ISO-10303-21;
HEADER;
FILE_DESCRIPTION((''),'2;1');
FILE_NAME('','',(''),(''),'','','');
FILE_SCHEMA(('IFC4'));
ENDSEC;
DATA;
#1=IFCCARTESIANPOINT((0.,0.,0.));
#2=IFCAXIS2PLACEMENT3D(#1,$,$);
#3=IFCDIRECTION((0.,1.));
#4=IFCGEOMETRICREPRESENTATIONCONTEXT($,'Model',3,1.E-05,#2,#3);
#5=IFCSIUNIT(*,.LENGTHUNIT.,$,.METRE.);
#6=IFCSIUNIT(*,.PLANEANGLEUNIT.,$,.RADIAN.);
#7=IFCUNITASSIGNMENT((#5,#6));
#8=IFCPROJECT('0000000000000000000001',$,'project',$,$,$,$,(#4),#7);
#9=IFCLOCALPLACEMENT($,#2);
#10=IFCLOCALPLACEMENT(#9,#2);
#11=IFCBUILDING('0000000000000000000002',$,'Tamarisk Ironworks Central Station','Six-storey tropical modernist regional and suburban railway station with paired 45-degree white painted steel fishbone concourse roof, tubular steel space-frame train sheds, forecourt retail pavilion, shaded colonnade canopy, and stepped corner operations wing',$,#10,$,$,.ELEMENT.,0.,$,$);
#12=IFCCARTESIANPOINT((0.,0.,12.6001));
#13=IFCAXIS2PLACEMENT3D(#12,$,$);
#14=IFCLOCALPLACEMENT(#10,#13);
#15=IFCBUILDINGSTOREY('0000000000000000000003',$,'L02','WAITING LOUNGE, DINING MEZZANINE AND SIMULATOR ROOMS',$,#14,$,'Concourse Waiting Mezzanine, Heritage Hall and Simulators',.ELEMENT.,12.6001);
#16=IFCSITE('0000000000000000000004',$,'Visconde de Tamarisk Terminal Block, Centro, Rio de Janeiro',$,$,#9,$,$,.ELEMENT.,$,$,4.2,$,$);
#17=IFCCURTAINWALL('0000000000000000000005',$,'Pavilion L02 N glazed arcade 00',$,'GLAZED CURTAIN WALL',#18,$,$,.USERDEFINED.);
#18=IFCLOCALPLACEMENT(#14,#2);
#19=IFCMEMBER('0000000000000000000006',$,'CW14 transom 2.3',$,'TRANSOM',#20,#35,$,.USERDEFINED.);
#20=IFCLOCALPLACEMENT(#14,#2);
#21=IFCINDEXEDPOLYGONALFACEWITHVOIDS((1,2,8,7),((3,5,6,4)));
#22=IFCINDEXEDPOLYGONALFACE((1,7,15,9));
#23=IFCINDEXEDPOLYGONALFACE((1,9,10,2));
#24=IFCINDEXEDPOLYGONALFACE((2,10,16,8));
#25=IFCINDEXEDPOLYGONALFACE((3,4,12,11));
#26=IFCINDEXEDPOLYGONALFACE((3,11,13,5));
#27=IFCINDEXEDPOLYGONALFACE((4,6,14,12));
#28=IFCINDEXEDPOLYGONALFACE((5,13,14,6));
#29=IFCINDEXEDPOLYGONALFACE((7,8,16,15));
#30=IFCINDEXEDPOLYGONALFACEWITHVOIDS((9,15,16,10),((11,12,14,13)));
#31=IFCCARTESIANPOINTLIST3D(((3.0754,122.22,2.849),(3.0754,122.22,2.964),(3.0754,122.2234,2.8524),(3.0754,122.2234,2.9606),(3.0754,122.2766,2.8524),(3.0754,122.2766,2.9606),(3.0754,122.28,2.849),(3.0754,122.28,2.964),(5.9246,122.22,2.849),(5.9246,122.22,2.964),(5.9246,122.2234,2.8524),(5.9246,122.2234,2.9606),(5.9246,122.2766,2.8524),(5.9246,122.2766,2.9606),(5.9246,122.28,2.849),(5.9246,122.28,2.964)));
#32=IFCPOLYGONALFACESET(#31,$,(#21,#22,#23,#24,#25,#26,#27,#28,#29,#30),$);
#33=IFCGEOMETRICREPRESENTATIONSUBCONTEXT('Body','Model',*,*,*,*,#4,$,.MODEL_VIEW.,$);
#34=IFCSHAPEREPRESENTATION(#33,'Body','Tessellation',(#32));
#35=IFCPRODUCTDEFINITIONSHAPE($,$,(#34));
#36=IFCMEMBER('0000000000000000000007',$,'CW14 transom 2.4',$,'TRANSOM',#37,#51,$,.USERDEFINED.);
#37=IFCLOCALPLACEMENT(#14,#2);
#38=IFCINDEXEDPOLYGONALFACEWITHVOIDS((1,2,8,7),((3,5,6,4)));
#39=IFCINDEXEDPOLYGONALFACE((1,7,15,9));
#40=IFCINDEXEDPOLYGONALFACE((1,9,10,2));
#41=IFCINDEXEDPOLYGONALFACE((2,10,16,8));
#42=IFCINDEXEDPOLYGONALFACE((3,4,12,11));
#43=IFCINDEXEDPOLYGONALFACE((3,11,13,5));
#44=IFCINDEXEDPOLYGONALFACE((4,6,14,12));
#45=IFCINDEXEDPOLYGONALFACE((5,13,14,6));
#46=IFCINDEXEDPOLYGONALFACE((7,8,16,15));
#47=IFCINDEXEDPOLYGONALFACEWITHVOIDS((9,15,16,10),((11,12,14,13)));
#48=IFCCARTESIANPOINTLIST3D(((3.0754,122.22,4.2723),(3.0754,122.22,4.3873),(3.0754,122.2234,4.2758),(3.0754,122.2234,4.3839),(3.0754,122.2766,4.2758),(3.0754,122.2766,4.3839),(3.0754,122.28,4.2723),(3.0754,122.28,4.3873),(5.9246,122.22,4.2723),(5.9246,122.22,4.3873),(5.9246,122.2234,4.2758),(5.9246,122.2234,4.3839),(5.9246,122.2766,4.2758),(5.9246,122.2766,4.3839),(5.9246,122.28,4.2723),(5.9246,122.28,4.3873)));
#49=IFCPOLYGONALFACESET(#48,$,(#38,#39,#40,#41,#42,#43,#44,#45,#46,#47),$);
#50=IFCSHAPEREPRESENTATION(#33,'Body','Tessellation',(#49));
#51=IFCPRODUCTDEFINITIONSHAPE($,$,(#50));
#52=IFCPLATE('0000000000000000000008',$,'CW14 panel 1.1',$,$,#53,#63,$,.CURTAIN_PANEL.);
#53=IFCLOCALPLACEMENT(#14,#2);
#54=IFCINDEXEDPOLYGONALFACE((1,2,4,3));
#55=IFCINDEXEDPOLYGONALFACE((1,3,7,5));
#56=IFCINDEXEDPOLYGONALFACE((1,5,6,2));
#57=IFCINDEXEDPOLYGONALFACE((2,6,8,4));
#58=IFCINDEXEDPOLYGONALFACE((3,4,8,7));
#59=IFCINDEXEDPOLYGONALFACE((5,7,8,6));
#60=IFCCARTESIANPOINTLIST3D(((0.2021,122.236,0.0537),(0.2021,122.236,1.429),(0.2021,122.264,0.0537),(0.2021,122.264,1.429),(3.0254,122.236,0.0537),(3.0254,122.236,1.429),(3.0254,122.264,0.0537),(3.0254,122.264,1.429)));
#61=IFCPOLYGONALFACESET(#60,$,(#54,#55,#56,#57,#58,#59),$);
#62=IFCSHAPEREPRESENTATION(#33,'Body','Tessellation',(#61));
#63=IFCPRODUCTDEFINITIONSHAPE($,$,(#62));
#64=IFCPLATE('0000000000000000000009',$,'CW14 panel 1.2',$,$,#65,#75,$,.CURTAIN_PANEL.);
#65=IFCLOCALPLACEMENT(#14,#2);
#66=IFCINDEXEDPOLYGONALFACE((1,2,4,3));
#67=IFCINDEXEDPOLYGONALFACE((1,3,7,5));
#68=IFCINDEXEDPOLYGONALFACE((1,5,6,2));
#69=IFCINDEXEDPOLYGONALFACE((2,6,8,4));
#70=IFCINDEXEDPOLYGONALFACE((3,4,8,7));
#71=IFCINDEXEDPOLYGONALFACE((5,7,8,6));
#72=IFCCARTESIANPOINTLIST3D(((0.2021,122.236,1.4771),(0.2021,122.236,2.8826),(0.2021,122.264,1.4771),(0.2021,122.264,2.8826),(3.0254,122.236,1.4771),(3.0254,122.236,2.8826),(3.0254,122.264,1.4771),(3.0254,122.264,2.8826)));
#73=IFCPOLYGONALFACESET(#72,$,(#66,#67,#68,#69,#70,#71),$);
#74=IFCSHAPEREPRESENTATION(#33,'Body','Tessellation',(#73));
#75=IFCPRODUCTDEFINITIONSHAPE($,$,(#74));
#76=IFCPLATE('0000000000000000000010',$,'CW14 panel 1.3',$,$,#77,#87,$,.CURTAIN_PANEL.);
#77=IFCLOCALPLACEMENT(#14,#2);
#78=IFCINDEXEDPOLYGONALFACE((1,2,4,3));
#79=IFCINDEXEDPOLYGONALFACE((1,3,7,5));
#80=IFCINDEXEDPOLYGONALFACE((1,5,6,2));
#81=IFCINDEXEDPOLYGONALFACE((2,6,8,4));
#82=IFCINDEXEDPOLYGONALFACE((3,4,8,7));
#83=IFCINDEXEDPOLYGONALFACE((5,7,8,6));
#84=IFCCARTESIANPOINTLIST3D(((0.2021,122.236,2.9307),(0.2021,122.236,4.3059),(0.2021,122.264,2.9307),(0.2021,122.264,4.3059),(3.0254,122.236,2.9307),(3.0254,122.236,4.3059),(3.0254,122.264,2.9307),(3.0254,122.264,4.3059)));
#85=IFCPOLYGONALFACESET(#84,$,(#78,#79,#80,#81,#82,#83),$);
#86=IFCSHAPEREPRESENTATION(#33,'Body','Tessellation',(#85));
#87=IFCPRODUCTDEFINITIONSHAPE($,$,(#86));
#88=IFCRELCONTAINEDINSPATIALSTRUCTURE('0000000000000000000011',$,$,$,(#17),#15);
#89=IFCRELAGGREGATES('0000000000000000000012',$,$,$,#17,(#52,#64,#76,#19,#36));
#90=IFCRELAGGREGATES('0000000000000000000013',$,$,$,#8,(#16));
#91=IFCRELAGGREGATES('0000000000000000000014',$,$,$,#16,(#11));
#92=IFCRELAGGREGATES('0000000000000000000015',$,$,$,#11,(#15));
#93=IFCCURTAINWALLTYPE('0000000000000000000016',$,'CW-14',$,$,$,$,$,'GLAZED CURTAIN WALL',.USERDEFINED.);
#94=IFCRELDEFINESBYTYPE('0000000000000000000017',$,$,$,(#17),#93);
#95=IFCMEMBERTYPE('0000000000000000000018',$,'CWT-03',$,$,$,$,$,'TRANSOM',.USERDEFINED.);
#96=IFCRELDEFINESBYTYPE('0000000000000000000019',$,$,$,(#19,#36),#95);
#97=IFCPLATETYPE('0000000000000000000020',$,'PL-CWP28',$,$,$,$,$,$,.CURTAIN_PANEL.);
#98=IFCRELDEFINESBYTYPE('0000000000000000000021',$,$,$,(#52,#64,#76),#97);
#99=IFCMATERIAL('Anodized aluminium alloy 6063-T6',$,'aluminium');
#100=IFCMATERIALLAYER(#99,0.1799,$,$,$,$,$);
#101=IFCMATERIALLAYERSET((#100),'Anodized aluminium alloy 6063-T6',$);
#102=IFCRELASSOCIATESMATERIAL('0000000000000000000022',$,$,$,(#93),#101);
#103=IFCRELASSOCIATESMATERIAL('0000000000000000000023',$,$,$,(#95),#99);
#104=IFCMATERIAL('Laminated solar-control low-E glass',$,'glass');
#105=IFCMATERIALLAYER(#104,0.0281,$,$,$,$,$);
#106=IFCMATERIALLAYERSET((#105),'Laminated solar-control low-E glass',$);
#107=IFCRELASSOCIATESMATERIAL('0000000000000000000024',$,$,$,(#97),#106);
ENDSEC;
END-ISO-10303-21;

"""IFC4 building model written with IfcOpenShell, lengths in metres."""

from ifc_helpers import new_model, si_unit, direction, frame, origin, origin_2d, place, context, subcontext, project, spatial, rectangle, hollow_rectangle, extrude, material, layer, layer_set, material_profile, profile_set, type_object, element, aggregate, save


model = new_model("IFC4")

# Units and contexts
model_context = context("Model", 3, precision=1e-05, world=origin(), true_north=direction((0.0, 1.0)))
body_context = subcontext(model_context, "Body", "Model", "MODEL_VIEW")
ifc_project = project(units=[si_unit("LENGTHUNIT", "METRE"), si_unit("PLANEANGLEUNIT", "RADIAN")], contexts=[model_context])

# Site, building, storey
site_placement = place(None, origin())
site = spatial("IfcSite", under=ifc_project, at=site_placement, Name="Visconde de Tamarisk Terminal Block, Centro, Rio de Janeiro", CompositionType="ELEMENT", RefElevation=4.2)
building_placement = place(site_placement, origin())
building = spatial("IfcBuilding", under=site, at=building_placement, Name="Tamarisk Ironworks Central Station", Description="Six-storey tropical modernist regional and suburban railway station with paired 45-degree white painted steel fishbone concourse roof, tubular steel space-frame train sheds, forecourt retail pavilion, shaded colonnade canopy, and stepped corner operations wing", CompositionType="ELEMENT", ElevationOfRefHeight=0.0)
storey_placement = place(building_placement, frame((0.0, 0.0, 12.6001)))
storey = spatial("IfcBuildingStorey", under=building, at=storey_placement, Name="L02", Description="WAITING LOUNGE, DINING MEZZANINE AND SIMULATOR ROOMS", LongName="Concourse Waiting Mezzanine, Heritage Hall and Simulators", CompositionType="ELEMENT", Elevation=12.6001)

# Curtain wall, members, plates
ifc_material_1 = material(Name="Anodized aluminium alloy 6063-T6", Category="aluminium")
ifc_layer_1 = layer(ifc_material_1, 0.1799)
ifc_layer_set_1 = layer_set([ifc_layer_1], Name="Anodized aluminium alloy 6063-T6")
curtain_wall_type = type_object("IfcCurtainWallType", Name="CW-14", ElementType="GLAZED CURTAIN WALL", PredefinedType="USERDEFINED", material=ifc_layer_set_1)
curtain_wall_placement = place(storey_placement, origin())
curtain_wall = element("IfcCurtainWall", 1, at=curtain_wall_placement, inside=storey, type_object=curtain_wall_type, Name="Pavilion L02 N glazed arcade 00", ObjectType="GLAZED CURTAIN WALL", PredefinedType="USERDEFINED")
ifc_material_profile_1 = material_profile(ifc_material_1, hollow_rectangle(XDim=0.0601, YDim=0.115, WallThickness=0.0034, at=origin_2d()), Name="ALUM 115x60")
ifc_profile_set_1 = profile_set([ifc_material_profile_1], Name="Anodized aluminium alloy 6063-T6")
member_type_1 = type_object("IfcMemberType", Name="CWT-03", ElementType="TRANSOM", PredefinedType="USERDEFINED", material=ifc_profile_set_1)
member_1_placement = place(storey_placement, frame((3.0754, 122.25, 2.9065), z_axis=(1.0, 0.0, 0.0), x_axis=(0.0, 1.0, 0.0)))
member_1 = element("IfcMember", 2, at=member_1_placement, type_object=member_type_1, Name="CW14 transom 2.3", ObjectType="TRANSOM", PredefinedType="USERDEFINED", context=body_context, shape_type="SweptSolid", body=[
    extrude(hollow_rectangle(XDim=0.0601, YDim=0.115, WallThickness=0.0034, at=origin_2d()), origin(), (0.0, 0.0, 1.0), 2.8491),
])
member_2_placement = place(storey_placement, frame((3.0754, 122.25, 4.3298), z_axis=(1.0, 0.0, 0.0), x_axis=(0.0, 1.0, 0.0)))
member_2 = element("IfcMember", 3, at=member_2_placement, type_object=member_type_1, Name="CW14 transom 2.4", ObjectType="TRANSOM", PredefinedType="USERDEFINED", context=body_context, shape_type="SweptSolid", body=[
    extrude(hollow_rectangle(XDim=0.0601, YDim=0.115, WallThickness=0.0034, at=origin_2d()), origin(), (0.0, 0.0, 1.0), 2.8491),
])
ifc_material_2 = material(Name="Laminated solar-control low-E glass", Category="glass")
ifc_layer_2 = layer(ifc_material_2, 0.0281)
ifc_layer_set_2 = layer_set([ifc_layer_2], Name="Laminated solar-control low-E glass")
plate_type = type_object("IfcPlateType", Name="PL-CWP28", PredefinedType="CURTAIN_PANEL", material=ifc_layer_set_2)
plate_1_placement = place(storey_placement, frame((1.6138, 122.25, 0.0537), z_axis=(0.0, 0.0, 1.0), x_axis=(1.0, 0.0, 0.0)))
plate_1 = element("IfcPlate", 4, at=plate_1_placement, type_object=plate_type, Name="CW14 panel 1.1", PredefinedType="CURTAIN_PANEL", context=body_context, shape_type="SweptSolid", body=[
    extrude(rectangle(XDim=2.8232, YDim=0.0281, at=origin_2d()), origin(), (0.0, 0.0, 1.0), 1.3752),
])
plate_2_placement = place(storey_placement, frame((1.6138, 122.25, 1.4771), z_axis=(0.0, 0.0, 1.0), x_axis=(1.0, 0.0, 0.0)))
plate_2 = element("IfcPlate", 5, at=plate_2_placement, type_object=plate_type, Name="CW14 panel 1.2", PredefinedType="CURTAIN_PANEL", context=body_context, shape_type="SweptSolid", body=[
    extrude(rectangle(XDim=2.8232, YDim=0.0281, at=origin_2d()), origin(), (0.0, 0.0, 1.0), 1.4055),
])
plate_3_placement = place(storey_placement, frame((1.6138, 122.25, 2.9307), z_axis=(0.0, 0.0, 1.0), x_axis=(1.0, 0.0, 0.0)))
plate_3 = element("IfcPlate", 6, at=plate_3_placement, type_object=plate_type, Name="CW14 panel 1.3", PredefinedType="CURTAIN_PANEL", context=body_context, shape_type="SweptSolid", body=[
    extrude(rectangle(XDim=2.8232, YDim=0.0281, at=origin_2d()), origin(), (0.0, 0.0, 1.0), 1.3752),
])
aggregate(curtain_wall, [plate_1, plate_2, plate_3, member_1, member_2])

save(model, "model.ifc")
